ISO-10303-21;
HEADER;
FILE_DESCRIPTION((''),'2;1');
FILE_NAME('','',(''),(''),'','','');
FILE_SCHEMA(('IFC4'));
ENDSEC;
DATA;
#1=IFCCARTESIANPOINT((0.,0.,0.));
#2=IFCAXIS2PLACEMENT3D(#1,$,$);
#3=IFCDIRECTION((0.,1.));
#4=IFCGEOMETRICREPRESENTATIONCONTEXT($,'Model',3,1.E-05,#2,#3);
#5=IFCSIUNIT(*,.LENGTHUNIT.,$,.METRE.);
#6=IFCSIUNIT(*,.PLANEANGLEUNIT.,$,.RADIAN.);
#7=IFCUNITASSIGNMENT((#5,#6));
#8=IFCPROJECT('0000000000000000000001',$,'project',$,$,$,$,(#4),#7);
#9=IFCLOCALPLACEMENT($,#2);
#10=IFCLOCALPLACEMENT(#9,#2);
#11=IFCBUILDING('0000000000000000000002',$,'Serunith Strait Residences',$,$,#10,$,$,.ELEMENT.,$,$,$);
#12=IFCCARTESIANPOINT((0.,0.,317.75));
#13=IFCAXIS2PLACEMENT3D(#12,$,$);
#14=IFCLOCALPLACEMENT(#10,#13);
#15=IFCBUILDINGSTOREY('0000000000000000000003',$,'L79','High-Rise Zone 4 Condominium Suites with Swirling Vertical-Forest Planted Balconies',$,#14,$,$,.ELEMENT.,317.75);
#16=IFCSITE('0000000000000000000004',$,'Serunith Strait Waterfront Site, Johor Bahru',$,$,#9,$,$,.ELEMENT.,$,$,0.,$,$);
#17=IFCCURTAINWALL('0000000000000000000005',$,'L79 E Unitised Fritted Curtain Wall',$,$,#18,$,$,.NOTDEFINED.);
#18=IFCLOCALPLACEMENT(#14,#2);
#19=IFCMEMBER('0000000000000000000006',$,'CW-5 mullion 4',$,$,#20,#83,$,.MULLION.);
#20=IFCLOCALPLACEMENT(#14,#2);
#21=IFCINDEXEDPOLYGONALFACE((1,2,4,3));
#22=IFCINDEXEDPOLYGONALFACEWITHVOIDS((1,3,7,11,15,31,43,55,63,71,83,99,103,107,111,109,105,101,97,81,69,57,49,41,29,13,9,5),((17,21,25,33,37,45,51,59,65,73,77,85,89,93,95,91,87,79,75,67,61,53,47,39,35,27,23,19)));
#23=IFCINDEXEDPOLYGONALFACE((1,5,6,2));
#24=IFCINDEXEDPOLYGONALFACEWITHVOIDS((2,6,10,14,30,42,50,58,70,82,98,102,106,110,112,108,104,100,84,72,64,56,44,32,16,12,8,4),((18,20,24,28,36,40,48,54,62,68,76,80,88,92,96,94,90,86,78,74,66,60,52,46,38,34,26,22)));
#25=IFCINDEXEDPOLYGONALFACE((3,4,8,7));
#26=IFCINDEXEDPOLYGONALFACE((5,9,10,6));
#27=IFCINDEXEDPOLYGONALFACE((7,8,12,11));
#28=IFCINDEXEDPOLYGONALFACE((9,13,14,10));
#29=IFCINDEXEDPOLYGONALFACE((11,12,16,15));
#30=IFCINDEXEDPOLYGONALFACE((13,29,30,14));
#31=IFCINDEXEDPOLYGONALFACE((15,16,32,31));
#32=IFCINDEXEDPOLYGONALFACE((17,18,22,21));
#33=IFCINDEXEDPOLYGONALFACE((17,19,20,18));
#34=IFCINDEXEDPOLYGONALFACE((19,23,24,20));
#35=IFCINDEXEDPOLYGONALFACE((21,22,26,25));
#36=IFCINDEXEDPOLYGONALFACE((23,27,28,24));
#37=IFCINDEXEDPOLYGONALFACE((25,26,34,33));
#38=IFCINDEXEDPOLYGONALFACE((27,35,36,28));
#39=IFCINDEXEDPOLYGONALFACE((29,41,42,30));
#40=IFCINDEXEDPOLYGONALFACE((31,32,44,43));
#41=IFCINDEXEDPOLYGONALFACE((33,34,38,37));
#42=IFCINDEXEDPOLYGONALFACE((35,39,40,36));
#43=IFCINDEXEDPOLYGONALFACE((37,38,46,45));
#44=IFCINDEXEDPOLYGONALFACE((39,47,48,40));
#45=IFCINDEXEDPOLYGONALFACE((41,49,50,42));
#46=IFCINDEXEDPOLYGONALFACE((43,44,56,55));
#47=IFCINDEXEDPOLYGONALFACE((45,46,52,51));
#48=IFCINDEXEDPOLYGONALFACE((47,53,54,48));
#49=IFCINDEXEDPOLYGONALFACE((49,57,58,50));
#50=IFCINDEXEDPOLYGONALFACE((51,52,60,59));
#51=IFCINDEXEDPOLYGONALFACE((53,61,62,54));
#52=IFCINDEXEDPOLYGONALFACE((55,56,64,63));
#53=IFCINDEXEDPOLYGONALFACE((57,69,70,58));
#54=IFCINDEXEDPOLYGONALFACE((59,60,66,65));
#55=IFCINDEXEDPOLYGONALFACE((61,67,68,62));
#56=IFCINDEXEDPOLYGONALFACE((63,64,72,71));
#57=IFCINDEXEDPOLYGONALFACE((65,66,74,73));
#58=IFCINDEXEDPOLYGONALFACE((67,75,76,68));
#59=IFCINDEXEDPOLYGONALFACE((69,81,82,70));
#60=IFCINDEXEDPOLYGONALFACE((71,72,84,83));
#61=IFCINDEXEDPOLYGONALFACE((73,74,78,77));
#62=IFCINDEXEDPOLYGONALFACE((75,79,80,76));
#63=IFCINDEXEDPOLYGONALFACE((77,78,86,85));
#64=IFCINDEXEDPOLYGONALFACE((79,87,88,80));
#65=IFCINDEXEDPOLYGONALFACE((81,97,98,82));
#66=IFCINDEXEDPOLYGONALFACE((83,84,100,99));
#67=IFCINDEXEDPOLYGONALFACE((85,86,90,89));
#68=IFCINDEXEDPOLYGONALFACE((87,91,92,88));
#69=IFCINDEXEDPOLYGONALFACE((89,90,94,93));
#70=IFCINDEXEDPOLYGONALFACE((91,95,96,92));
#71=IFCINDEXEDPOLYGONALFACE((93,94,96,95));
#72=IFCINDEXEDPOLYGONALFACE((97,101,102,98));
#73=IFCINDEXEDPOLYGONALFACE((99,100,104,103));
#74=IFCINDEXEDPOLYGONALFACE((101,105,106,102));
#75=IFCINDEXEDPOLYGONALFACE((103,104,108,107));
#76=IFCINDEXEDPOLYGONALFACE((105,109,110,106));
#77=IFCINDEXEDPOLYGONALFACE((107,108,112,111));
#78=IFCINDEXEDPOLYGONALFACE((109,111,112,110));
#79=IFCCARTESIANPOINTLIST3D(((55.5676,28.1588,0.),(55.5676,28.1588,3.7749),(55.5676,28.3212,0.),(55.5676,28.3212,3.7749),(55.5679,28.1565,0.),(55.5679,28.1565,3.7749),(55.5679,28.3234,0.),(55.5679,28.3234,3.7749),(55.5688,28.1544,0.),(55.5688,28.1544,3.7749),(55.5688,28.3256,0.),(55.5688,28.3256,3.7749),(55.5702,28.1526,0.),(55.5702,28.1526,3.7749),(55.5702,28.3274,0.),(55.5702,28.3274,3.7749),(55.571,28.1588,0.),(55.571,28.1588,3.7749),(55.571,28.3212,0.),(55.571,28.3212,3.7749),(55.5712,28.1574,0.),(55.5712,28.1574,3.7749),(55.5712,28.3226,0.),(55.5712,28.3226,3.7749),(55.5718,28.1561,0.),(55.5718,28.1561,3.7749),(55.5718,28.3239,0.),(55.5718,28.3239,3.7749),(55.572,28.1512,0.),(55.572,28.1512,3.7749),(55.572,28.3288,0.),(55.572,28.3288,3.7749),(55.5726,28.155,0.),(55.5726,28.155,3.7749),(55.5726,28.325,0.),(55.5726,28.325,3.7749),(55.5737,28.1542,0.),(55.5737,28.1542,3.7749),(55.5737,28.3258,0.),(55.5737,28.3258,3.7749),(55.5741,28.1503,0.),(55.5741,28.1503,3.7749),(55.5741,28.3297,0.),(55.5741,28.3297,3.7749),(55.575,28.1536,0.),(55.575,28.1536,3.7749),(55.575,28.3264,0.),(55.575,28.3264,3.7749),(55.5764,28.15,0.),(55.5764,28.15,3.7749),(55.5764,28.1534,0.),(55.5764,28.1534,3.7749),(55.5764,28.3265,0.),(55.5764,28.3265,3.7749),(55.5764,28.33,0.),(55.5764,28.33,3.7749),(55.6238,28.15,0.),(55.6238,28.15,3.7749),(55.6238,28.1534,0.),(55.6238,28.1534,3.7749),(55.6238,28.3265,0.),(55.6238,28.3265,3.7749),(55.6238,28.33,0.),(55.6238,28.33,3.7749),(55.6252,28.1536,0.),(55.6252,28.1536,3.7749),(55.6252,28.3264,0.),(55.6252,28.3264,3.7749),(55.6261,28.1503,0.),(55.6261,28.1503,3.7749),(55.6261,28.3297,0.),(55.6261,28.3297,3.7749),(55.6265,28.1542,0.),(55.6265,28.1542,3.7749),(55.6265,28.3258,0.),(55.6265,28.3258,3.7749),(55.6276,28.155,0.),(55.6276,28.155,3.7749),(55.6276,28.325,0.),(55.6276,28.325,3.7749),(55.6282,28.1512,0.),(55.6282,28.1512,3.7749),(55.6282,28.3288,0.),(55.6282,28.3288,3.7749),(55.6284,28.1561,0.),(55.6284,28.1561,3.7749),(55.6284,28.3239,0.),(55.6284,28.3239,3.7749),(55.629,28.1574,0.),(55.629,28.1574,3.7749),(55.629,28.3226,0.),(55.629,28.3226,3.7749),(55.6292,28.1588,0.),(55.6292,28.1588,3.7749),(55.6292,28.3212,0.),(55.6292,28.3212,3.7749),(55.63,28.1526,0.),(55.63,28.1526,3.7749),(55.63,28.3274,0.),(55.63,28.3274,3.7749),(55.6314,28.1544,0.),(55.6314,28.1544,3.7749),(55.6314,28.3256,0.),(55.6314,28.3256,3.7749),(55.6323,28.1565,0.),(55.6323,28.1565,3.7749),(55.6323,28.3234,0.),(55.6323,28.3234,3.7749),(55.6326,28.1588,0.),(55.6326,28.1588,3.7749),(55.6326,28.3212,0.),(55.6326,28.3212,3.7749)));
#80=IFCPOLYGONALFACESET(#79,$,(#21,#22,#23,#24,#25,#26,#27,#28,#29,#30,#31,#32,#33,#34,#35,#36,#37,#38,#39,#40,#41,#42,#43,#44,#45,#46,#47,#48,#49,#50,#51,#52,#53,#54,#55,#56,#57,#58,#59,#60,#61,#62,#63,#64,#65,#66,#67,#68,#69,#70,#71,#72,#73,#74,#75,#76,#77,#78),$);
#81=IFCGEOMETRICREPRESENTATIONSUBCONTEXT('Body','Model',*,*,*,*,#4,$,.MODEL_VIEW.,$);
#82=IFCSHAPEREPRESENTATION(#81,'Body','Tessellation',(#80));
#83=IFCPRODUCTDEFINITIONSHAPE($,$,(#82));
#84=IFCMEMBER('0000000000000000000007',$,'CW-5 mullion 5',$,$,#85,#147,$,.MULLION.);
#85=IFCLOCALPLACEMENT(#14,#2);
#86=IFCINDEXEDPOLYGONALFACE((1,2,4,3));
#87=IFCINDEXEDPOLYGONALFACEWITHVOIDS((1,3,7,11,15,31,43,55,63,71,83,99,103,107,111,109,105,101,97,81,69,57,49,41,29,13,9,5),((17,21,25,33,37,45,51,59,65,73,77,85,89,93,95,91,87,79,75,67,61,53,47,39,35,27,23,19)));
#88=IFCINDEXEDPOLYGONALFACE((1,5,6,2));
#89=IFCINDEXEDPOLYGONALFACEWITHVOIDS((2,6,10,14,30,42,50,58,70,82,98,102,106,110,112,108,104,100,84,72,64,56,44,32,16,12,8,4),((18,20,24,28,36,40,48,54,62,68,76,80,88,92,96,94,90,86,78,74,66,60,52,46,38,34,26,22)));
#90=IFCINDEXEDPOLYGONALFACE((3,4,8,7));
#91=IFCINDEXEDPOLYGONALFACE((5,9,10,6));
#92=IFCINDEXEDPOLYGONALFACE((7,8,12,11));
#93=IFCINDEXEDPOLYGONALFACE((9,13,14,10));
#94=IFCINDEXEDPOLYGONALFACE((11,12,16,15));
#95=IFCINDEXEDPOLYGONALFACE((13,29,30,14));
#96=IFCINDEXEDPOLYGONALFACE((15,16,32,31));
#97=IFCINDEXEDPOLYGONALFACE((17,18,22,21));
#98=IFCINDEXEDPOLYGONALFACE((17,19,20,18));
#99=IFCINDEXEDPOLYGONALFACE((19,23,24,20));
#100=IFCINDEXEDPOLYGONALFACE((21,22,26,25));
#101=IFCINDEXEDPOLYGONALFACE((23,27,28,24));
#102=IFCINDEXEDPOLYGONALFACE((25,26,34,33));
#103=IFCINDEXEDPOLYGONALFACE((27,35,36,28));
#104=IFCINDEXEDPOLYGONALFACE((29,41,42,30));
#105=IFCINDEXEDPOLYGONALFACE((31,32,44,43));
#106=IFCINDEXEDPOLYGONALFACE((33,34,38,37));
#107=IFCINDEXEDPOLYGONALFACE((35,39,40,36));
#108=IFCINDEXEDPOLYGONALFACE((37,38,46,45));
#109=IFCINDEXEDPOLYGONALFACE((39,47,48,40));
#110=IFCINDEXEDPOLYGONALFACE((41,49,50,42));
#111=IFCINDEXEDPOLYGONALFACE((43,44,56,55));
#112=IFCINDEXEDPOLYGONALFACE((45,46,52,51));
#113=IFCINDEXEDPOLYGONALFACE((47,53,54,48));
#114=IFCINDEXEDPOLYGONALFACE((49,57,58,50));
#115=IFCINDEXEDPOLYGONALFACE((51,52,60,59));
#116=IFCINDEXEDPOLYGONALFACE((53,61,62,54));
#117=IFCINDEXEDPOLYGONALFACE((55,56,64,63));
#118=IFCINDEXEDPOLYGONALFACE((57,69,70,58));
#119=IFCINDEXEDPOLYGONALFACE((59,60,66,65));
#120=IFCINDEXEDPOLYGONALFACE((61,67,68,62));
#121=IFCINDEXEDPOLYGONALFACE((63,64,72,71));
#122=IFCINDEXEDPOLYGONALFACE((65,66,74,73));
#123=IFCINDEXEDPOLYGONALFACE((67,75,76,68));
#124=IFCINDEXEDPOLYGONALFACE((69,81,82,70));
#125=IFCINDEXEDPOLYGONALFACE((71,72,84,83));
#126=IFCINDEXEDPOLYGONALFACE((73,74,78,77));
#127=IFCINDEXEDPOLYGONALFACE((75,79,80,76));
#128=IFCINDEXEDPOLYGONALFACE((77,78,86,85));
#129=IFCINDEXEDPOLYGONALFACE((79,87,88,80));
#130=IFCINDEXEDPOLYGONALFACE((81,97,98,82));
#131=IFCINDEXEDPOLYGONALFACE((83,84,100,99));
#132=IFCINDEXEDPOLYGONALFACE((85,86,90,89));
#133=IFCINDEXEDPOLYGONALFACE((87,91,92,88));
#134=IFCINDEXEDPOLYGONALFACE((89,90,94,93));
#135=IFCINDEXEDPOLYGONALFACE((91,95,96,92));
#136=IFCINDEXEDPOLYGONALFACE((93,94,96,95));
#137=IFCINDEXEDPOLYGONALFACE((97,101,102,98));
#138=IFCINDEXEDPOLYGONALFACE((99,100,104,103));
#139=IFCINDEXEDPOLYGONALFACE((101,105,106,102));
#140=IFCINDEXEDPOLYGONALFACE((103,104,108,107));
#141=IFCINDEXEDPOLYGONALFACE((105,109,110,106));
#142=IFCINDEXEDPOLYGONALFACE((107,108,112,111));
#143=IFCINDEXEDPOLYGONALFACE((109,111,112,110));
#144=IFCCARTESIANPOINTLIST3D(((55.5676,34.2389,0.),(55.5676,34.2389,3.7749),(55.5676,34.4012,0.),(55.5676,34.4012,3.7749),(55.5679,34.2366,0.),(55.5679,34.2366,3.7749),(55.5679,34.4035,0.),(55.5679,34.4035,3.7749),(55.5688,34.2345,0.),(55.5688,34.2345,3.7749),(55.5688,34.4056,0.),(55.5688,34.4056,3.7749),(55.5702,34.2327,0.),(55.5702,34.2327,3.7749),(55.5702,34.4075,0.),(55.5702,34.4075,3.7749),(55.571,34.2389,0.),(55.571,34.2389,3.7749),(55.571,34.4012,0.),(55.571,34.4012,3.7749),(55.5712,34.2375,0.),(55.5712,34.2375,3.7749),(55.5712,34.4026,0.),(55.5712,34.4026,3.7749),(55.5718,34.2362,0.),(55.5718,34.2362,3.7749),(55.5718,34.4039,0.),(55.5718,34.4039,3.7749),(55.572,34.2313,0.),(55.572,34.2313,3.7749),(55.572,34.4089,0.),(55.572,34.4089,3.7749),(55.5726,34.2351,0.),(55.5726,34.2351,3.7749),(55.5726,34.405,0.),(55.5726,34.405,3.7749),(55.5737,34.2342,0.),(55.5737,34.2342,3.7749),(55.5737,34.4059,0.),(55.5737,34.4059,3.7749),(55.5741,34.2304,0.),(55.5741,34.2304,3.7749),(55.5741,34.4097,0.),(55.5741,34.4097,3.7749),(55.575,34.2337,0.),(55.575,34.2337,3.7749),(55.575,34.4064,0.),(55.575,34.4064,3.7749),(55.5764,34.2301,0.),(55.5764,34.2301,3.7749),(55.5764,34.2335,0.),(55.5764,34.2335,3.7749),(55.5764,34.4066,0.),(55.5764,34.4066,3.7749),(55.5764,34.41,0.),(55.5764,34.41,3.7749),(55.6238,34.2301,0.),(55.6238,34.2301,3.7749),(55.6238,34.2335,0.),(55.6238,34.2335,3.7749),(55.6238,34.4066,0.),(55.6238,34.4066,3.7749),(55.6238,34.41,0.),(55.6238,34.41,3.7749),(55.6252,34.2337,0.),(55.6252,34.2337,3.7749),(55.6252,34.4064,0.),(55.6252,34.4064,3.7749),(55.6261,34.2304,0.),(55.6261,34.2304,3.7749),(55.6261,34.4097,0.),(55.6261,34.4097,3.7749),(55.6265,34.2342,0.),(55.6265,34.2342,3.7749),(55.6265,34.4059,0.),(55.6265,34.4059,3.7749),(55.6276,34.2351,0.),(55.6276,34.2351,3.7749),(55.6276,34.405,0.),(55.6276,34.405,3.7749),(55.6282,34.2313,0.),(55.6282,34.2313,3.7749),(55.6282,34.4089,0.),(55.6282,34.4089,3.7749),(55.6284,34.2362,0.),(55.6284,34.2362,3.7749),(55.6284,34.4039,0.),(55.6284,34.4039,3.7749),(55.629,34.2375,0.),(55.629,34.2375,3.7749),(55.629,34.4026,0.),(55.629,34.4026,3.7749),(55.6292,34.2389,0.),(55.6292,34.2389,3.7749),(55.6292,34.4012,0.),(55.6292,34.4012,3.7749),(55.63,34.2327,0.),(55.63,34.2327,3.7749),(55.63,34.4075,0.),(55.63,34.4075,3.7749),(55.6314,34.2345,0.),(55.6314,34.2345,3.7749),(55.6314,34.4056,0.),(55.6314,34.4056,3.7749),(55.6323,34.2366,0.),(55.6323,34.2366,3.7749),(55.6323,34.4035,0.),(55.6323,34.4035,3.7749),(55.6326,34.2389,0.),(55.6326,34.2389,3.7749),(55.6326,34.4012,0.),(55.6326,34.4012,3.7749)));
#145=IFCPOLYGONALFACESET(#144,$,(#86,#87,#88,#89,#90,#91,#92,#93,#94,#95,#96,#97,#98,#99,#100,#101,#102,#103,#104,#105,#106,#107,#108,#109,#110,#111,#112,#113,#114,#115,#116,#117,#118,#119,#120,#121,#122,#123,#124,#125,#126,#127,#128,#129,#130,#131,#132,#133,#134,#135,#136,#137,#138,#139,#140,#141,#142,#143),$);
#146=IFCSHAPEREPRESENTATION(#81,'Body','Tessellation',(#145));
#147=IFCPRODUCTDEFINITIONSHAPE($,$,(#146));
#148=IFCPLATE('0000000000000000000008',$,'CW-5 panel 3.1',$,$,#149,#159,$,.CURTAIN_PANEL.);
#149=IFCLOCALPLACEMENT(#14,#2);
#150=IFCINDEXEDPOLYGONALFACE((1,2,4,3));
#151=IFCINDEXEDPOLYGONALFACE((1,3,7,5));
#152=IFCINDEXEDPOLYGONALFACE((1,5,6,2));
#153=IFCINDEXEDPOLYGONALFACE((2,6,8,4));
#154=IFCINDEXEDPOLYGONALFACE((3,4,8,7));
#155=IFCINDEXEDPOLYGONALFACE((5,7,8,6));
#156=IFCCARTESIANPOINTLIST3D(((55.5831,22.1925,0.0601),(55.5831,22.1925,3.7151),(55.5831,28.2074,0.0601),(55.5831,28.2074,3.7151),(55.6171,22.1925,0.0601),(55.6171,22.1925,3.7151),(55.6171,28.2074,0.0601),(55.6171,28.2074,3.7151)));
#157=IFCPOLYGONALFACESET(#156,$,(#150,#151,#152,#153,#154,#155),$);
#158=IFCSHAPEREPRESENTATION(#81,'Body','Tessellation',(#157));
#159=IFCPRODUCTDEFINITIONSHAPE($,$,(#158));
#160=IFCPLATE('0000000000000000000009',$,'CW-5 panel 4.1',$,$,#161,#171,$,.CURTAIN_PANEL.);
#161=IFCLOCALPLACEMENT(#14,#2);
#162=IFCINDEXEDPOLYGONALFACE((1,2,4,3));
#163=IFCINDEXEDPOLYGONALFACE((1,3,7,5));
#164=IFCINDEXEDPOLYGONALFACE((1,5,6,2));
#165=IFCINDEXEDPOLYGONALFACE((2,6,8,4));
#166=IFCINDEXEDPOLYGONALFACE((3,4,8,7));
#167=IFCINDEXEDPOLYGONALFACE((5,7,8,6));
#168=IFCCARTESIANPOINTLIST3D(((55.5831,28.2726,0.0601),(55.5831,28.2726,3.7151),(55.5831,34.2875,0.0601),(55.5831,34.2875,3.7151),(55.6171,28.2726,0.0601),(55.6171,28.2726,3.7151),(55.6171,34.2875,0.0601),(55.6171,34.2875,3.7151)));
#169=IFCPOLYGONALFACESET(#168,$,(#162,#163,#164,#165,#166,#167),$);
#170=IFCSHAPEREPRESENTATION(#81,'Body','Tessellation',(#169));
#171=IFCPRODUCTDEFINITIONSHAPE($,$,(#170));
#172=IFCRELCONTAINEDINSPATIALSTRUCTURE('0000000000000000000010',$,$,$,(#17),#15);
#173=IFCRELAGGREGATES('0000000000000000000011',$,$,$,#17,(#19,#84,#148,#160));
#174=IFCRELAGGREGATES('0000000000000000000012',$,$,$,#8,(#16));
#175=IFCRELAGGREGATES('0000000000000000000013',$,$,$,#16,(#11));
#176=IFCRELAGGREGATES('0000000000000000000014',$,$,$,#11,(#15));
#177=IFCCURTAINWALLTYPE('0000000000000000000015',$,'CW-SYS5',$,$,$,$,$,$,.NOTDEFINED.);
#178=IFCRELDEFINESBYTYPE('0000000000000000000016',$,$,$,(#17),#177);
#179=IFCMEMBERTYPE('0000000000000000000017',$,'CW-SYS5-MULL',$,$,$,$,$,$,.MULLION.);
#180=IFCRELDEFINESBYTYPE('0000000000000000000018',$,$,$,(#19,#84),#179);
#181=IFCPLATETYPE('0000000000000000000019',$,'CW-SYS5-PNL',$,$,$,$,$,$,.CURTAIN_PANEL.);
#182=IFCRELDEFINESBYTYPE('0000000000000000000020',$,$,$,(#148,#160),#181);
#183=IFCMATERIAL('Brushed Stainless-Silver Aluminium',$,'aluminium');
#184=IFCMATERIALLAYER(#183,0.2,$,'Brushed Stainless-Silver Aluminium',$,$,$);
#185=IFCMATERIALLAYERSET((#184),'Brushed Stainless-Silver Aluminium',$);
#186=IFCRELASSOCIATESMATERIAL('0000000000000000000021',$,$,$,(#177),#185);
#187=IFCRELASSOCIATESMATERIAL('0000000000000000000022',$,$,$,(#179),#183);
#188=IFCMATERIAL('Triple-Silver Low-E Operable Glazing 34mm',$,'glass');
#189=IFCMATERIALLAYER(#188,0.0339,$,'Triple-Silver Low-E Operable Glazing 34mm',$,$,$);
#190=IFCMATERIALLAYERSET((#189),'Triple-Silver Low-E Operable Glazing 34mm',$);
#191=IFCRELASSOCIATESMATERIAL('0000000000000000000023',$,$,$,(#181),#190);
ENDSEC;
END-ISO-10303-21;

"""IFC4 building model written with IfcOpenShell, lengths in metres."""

from ifc_helpers import new_model, si_unit, direction, frame, origin, origin_2d, place, context, subcontext, project, spatial, rectangle, hollow_rectangle, extrude, source, transform, mapped, material, layer, layer_set, material_profile, profile_set, type_object, element, aggregate, save


model = new_model("IFC4")

# Units and contexts
model_context = context("Model", 3, precision=1e-05, world=origin(), true_north=direction((0.0, 1.0)))
body_context = subcontext(model_context, "Body", "Model", "MODEL_VIEW")
ifc_project = project(units=[si_unit("LENGTHUNIT", "METRE"), si_unit("PLANEANGLEUNIT", "RADIAN")], contexts=[model_context])

# Site, building, storey
site_placement = place(None, origin())
site = spatial("IfcSite", under=ifc_project, at=site_placement, Name="Serunith Strait Waterfront Site, Johor Bahru", CompositionType="ELEMENT", RefElevation=0.0)
building_placement = place(site_placement, origin())
building = spatial("IfcBuilding", under=site, at=building_placement, Name="Serunith Strait Residences", CompositionType="ELEMENT")
storey_placement = place(building_placement, frame((0.0, 0.0, 317.75)))
storey = spatial("IfcBuildingStorey", under=building, at=storey_placement, Name="L79", Description="High-Rise Zone 4 Condominium Suites with Swirling Vertical-Forest Planted Balconies", CompositionType="ELEMENT", Elevation=317.75)

# Curtain wall, members, plates
ifc_material_1 = material(Name="Brushed Stainless-Silver Aluminium", Category="aluminium")
ifc_layer_1 = layer(ifc_material_1, 0.2, Name="Brushed Stainless-Silver Aluminium")
ifc_layer_set_1 = layer_set([ifc_layer_1], Name="Brushed Stainless-Silver Aluminium")
curtain_wall_type = type_object("IfcCurtainWallType", Name="CW-SYS5", PredefinedType="NOTDEFINED", material=ifc_layer_set_1)
curtain_wall_placement = place(storey_placement, origin())
curtain_wall = element("IfcCurtainWall", 1, at=curtain_wall_placement, inside=storey, type_object=curtain_wall_type, Name="L79 E Unitised Fritted Curtain Wall", PredefinedType="NOTDEFINED")
ifc_material_profile_1 = material_profile(ifc_material_1, hollow_rectangle(XDim=0.0649, YDim=0.1799, WallThickness=0.0034, InnerFilletRadius=0.0054, OuterFilletRadius=0.0088, at=origin_2d()), Name="ALU 180x65x3.5")
ifc_profile_set_1 = profile_set([ifc_material_profile_1], Name="Brushed Stainless-Silver Aluminium")
member_type_1 = type_object("IfcMemberType", Name="CW-SYS5-MULL", PredefinedType="MULLION", material=ifc_profile_set_1)
shared_shape_1 = source(origin(), body_context, "Body", "SweptSolid", [
    extrude(hollow_rectangle(XDim=0.0649, YDim=0.1799, WallThickness=0.0034, InnerFilletRadius=0.0054, OuterFilletRadius=0.0088, at=origin_2d()), origin(), (0.0, 0.0, 1.0), 3.7749),
])
member_1_placement = place(storey_placement, frame((55.6001, 28.24, 0.0), z_axis=(0.0, 0.0, 1.0), x_axis=(-1.0, 0.0, 0.0)))
member_1 = element("IfcMember", 2, at=member_1_placement, type_object=member_type_1, Name="CW-5 mullion 4", PredefinedType="MULLION", context=body_context, shape_type="MappedRepresentation", body=[
    mapped(shared_shape_1, transform((0.0, 0.0, 0.0), scale=1.0)),
])
member_2_placement = place(storey_placement, frame((55.6001, 34.3201, 0.0), z_axis=(0.0, 0.0, 1.0), x_axis=(-1.0, 0.0, 0.0)))
member_2 = element("IfcMember", 3, at=member_2_placement, type_object=member_type_1, Name="CW-5 mullion 5", PredefinedType="MULLION", context=body_context, shape_type="MappedRepresentation", body=[
    mapped(shared_shape_1, transform((0.0, 0.0, 0.0), scale=1.0)),
])
ifc_material_2 = material(Name="Triple-Silver Low-E Operable Glazing 34mm", Category="glass")
ifc_layer_2 = layer(ifc_material_2, 0.0339, Name="Triple-Silver Low-E Operable Glazing 34mm")
ifc_layer_set_2 = layer_set([ifc_layer_2], Name="Triple-Silver Low-E Operable Glazing 34mm")
plate_type = type_object("IfcPlateType", Name="CW-SYS5-PNL", PredefinedType="CURTAIN_PANEL", material=ifc_layer_set_2)
shared_shape_2 = source(origin(), body_context, "Body", "SweptSolid", [
    extrude(rectangle(XDim=6.0149, YDim=0.0339, at=origin_2d()), origin(), (0.0, 0.0, 1.0), 3.655),
])
plate_1_placement = place(storey_placement, frame((55.6001, 25.2, 0.0601), z_axis=(0.0, 0.0, 1.0), x_axis=(0.0, 1.0, 0.0)))
plate_1 = element("IfcPlate", 4, at=plate_1_placement, type_object=plate_type, Name="CW-5 panel 3.1", PredefinedType="CURTAIN_PANEL", context=body_context, shape_type="MappedRepresentation", body=[
    mapped(shared_shape_2, transform((0.0, 0.0, 0.0), scale=1.0)),
])
plate_2_placement = place(storey_placement, frame((55.6001, 31.28, 0.0601), z_axis=(0.0, 0.0, 1.0), x_axis=(0.0, 1.0, 0.0)))
plate_2 = element("IfcPlate", 5, at=plate_2_placement, type_object=plate_type, Name="CW-5 panel 4.1", PredefinedType="CURTAIN_PANEL", context=body_context, shape_type="MappedRepresentation", body=[
    mapped(shared_shape_2, transform((0.0, 0.0, 0.0), scale=1.0)),
])
aggregate(curtain_wall, [member_1, member_2, plate_1, plate_2])

save(model, "model.ifc")
